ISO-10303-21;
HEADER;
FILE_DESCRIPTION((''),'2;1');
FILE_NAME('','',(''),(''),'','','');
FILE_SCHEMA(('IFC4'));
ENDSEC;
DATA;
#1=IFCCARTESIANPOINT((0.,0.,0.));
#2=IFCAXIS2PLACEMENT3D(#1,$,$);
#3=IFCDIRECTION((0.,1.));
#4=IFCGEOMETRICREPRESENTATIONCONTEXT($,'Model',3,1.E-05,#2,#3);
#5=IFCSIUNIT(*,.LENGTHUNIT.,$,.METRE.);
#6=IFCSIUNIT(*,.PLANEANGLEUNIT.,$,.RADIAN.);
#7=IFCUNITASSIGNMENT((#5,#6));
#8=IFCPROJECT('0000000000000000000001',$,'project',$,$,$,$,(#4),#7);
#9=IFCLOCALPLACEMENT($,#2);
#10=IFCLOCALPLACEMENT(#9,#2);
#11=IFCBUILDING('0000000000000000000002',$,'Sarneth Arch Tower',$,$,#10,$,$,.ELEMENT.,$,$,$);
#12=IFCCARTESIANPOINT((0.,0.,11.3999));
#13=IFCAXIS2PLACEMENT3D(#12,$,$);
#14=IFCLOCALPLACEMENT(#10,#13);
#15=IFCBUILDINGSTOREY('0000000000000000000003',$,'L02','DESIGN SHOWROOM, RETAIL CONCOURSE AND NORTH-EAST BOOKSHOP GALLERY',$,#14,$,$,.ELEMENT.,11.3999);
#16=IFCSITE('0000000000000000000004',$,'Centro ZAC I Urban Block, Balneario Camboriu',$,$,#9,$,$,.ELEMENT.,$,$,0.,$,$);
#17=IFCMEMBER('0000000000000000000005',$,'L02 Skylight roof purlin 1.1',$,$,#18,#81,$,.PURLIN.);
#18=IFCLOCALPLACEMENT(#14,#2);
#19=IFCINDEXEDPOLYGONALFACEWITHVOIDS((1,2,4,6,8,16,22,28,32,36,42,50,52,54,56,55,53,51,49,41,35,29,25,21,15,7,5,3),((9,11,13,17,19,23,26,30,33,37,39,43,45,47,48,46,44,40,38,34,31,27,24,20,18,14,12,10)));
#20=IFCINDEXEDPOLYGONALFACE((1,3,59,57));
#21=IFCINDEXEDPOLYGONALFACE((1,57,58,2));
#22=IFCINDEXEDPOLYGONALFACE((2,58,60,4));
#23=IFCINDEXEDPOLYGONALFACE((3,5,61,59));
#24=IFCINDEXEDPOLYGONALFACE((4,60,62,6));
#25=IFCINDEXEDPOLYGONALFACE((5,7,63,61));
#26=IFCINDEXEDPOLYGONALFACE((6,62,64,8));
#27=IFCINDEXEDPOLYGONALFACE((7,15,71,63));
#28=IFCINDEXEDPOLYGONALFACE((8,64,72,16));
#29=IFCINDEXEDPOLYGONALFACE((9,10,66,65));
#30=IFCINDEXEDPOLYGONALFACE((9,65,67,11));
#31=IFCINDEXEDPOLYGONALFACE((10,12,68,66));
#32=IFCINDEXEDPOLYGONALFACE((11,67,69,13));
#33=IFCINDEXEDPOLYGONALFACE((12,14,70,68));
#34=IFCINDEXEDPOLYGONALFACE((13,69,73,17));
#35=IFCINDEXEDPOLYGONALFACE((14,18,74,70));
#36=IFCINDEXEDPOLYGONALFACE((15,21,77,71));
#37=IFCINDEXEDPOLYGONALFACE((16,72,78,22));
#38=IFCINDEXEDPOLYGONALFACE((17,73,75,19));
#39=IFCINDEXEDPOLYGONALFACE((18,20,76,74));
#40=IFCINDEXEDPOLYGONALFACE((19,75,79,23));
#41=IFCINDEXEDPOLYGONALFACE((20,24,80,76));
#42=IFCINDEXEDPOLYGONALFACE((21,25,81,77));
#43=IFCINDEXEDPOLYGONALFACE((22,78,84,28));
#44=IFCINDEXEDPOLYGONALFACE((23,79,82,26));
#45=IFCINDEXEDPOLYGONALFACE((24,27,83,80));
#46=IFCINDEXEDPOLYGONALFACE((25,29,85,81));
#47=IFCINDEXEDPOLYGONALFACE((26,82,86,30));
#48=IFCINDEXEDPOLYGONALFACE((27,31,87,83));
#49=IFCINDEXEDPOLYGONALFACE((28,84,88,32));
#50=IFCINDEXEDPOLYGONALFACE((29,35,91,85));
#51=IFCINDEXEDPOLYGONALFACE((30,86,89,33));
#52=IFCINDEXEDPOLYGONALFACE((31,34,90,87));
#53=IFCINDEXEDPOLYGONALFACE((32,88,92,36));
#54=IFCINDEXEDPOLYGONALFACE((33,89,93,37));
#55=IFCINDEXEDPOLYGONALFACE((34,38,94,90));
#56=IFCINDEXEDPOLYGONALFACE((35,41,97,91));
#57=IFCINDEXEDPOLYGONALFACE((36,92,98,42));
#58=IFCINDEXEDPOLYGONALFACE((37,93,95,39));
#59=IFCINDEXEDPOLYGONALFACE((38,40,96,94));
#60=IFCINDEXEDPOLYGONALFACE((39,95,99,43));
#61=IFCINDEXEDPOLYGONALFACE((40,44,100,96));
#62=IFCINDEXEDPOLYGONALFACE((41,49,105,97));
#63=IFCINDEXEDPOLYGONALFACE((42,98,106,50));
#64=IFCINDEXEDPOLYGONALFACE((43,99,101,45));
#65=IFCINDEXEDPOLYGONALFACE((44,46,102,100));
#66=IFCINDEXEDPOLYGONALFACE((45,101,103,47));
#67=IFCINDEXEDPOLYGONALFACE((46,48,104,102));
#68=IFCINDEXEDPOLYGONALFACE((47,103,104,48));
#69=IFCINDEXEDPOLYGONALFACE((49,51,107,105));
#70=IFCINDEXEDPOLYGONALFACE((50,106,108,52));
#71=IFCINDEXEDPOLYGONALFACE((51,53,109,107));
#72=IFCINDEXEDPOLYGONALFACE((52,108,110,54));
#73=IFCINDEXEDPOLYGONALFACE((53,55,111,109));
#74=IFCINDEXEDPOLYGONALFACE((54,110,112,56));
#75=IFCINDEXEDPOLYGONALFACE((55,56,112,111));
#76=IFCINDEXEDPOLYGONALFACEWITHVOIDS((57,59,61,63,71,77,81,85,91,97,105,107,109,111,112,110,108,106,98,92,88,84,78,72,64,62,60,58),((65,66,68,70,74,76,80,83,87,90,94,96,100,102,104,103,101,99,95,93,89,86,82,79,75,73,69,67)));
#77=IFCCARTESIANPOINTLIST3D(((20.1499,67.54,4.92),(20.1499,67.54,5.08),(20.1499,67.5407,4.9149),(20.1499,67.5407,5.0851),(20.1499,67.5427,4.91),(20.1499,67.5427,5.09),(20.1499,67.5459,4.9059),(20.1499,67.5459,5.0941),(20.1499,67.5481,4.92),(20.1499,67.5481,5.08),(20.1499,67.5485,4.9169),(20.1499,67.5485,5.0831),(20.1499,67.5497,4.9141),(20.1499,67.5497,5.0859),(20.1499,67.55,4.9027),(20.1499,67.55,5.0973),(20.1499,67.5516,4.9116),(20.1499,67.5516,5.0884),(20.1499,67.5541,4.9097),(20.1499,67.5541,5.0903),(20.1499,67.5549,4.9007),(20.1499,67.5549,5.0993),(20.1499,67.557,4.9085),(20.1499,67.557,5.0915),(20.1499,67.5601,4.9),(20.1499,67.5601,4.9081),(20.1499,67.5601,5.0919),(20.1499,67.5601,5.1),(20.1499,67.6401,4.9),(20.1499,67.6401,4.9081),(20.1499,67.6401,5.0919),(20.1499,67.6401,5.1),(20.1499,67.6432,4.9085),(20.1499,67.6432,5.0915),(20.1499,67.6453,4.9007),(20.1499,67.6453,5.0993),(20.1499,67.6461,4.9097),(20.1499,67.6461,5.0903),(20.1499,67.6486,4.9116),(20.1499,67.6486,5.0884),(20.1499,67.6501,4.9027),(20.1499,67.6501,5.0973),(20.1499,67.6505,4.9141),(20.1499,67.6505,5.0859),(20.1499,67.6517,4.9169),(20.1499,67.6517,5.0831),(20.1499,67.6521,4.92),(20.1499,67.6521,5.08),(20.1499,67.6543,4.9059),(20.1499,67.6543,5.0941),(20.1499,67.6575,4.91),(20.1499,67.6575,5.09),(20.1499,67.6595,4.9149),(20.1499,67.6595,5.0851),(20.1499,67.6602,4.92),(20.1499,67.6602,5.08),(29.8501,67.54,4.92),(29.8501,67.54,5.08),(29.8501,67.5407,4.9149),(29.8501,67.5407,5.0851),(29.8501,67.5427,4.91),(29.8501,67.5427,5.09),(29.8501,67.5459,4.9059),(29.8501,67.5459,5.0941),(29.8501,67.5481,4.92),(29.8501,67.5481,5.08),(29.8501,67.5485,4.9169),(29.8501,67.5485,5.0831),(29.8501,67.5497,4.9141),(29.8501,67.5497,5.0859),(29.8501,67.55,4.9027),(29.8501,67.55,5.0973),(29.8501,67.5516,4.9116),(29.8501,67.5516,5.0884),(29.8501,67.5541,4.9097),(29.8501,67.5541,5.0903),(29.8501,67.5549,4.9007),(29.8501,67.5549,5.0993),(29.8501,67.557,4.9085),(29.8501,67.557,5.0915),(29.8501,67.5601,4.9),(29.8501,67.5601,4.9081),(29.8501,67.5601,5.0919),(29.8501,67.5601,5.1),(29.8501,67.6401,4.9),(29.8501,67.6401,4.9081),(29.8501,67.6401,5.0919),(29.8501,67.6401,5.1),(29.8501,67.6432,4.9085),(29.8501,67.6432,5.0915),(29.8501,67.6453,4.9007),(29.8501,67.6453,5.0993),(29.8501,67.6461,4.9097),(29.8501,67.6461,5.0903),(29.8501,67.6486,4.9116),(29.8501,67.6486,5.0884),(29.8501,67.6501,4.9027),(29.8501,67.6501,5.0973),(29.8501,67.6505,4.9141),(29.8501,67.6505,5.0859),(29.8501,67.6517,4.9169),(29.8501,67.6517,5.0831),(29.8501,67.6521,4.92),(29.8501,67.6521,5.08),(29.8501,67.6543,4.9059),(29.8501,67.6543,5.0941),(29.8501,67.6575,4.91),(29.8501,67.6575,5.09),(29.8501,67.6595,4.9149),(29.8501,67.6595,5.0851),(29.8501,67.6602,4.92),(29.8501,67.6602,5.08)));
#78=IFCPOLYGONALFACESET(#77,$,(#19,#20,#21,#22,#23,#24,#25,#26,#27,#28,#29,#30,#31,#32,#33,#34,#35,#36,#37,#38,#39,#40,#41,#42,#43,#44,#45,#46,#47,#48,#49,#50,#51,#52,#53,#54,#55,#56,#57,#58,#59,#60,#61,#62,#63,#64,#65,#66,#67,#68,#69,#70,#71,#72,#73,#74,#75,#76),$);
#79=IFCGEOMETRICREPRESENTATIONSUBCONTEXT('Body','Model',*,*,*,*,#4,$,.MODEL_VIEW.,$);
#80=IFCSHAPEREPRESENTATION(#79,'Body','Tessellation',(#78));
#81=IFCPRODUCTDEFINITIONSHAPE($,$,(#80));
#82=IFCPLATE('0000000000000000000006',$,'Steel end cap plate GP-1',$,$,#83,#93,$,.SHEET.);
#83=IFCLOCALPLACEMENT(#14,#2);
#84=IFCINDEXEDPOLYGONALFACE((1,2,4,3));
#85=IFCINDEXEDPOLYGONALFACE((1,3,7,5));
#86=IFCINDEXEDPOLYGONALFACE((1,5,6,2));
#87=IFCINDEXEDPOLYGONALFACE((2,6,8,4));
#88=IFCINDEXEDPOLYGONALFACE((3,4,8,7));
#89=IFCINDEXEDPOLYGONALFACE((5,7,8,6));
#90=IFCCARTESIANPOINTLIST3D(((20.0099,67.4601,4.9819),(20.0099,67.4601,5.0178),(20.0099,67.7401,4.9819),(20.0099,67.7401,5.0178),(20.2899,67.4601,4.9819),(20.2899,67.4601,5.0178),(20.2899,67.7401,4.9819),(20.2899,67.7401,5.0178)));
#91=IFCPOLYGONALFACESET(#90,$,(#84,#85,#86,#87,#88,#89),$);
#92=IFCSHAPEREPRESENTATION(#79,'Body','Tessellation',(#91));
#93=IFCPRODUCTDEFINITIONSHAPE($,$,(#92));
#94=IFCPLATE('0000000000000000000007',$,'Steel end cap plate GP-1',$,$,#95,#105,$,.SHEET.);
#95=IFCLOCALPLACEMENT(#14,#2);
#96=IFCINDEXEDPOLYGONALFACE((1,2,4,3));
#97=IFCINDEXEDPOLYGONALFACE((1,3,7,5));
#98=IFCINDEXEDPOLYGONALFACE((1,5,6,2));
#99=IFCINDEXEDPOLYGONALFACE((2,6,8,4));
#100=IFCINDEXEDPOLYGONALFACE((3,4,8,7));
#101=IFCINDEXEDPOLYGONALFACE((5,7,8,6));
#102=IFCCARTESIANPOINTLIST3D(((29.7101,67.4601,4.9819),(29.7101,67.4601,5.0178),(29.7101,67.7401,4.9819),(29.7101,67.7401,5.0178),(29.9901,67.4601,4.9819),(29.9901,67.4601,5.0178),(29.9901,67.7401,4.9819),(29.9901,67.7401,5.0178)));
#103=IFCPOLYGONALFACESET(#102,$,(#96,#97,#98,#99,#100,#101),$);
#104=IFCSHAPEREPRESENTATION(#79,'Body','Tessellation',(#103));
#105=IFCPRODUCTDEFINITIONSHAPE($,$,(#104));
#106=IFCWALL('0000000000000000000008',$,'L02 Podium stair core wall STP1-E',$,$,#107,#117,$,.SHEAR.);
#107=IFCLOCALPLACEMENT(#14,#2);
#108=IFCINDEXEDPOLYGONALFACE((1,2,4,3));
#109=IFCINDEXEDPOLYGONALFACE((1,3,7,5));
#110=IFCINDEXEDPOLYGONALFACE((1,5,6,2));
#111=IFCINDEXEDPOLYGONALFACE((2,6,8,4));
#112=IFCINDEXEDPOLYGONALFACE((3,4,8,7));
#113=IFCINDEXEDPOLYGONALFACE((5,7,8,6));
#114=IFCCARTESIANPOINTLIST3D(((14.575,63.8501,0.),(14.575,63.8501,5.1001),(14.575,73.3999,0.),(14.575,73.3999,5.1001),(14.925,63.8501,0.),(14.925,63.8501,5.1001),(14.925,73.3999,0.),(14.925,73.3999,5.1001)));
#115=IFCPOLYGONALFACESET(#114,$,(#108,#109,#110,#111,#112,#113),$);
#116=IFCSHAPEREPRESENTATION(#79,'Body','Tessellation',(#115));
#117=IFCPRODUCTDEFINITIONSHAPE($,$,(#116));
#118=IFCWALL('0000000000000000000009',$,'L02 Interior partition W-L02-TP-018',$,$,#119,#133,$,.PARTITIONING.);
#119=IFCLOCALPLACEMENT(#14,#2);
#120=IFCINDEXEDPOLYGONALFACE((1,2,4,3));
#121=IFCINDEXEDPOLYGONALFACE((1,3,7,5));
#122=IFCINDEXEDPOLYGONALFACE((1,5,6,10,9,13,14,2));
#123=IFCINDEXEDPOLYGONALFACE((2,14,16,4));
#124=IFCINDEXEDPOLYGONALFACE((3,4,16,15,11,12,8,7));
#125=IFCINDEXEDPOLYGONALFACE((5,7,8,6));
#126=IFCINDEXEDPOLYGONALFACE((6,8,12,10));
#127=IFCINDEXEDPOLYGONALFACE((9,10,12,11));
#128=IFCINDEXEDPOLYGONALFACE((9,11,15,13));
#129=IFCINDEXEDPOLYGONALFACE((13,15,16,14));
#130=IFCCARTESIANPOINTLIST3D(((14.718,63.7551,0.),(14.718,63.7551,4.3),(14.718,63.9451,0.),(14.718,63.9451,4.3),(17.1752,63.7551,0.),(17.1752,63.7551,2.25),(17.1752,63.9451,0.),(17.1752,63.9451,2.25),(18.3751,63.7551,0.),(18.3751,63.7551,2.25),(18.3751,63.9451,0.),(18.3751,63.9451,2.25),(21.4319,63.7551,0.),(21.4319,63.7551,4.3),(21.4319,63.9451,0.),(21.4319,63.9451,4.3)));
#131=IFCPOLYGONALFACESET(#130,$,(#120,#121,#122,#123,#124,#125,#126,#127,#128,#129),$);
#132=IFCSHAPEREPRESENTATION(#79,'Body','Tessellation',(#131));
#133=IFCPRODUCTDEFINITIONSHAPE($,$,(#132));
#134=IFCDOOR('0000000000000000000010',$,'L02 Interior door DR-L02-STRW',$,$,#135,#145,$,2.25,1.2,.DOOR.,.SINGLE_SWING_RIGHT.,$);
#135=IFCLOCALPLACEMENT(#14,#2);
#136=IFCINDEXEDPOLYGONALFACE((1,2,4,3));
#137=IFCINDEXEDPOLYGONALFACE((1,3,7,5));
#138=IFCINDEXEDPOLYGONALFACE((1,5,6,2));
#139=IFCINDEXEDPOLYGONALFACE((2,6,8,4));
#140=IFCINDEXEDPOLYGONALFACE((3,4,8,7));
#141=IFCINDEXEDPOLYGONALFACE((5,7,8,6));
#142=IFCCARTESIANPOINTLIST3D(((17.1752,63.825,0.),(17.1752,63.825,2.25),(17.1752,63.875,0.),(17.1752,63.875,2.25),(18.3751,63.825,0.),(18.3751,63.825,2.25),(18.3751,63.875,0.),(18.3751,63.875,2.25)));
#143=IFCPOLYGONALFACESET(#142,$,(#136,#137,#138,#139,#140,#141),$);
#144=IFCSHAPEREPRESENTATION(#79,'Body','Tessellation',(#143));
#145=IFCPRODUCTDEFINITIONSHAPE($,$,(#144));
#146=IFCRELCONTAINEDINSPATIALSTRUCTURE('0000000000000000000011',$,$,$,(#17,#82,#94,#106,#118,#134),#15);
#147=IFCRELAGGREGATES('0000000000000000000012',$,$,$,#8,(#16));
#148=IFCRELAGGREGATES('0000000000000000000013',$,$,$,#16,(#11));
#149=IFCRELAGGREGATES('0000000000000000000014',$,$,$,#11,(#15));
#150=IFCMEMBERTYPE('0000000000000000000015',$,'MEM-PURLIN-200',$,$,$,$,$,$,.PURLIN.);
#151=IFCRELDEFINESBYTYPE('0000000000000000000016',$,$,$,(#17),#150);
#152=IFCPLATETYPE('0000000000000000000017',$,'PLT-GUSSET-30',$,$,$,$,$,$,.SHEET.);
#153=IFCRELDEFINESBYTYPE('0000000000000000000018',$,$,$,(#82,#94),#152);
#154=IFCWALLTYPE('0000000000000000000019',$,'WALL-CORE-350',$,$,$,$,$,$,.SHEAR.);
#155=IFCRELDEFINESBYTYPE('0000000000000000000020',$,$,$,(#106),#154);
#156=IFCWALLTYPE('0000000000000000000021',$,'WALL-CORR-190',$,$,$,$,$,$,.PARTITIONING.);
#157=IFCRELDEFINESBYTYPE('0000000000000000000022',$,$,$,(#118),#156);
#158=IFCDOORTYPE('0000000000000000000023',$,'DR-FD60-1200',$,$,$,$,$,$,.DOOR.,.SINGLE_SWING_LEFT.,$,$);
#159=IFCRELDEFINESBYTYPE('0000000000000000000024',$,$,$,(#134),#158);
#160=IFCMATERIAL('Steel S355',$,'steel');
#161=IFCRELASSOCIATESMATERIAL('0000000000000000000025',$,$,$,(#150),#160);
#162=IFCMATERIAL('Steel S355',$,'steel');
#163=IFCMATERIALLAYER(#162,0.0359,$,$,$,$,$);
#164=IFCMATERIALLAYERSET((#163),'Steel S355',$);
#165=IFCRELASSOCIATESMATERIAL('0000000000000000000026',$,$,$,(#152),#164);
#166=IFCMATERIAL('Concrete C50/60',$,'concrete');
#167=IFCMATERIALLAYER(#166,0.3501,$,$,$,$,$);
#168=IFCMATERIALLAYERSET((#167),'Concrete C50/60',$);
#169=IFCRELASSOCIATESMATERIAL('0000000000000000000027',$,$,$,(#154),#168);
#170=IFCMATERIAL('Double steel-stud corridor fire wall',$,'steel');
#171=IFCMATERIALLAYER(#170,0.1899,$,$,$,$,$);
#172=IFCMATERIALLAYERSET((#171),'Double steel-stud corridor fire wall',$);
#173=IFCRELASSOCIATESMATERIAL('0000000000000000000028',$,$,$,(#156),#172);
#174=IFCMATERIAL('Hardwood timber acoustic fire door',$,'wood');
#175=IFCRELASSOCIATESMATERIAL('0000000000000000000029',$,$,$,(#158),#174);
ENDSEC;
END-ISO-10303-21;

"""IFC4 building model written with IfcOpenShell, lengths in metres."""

from ifc_helpers import new_model, si_unit, direction, frame, frame_2d, origin, origin_2d, place, context, subcontext, project, spatial, rectangle, hollow_rectangle, extrude, material, layer, layer_set, material_profile, profile_set, type_object, element, fill, save


model = new_model("IFC4")

# Units and contexts
model_context = context("Model", 3, precision=1e-05, world=origin(), true_north=direction((0.0, 1.0)))
body_context = subcontext(model_context, "Body", "Model", "MODEL_VIEW")
ifc_project = project(units=[si_unit("LENGTHUNIT", "METRE"), si_unit("PLANEANGLEUNIT", "RADIAN")], contexts=[model_context])

# Site, building, storey
site_placement = place(None, origin())
site = spatial("IfcSite", under=ifc_project, at=site_placement, Name="Centro ZAC I Urban Block, Balneario Camboriu", CompositionType="ELEMENT", RefElevation=0.0)
building_placement = place(site_placement, origin())
building = spatial("IfcBuilding", under=site, at=building_placement, Name="Sarneth Arch Tower", CompositionType="ELEMENT")
storey_placement = place(building_placement, frame((0.0, 0.0, 11.3999)))
storey = spatial("IfcBuildingStorey", under=building, at=storey_placement, Name="L02", Description="DESIGN SHOWROOM, RETAIL CONCOURSE AND NORTH-EAST BOOKSHOP GALLERY", CompositionType="ELEMENT", Elevation=11.3999)

# Member
ifc_material_1 = material(Name="Steel S355", Category="steel")
ifc_material_profile_1 = material_profile(ifc_material_1, hollow_rectangle(XDim=0.1201, YDim=0.2, WallThickness=0.0081, InnerFilletRadius=0.012, OuterFilletRadius=0.02, at=origin_2d()), Name="RHS200x120x8")
ifc_profile_set_1 = profile_set([ifc_material_profile_1], Name="Steel S355")
member_type = type_object("IfcMemberType", Name="MEM-PURLIN-200", PredefinedType="PURLIN", material=ifc_profile_set_1)
member_placement = place(storey_placement, frame((20.1499, 67.6001, 5.0), z_axis=(1.0, 0.0, 0.0), x_axis=(0.0, 1.0, 0.0)))
element("IfcMember", 1, at=member_placement, inside=storey, type_object=member_type, Name="L02 Skylight roof purlin 1.1", PredefinedType="PURLIN", context=body_context, shape_type="SweptSolid", body=[
    extrude(hollow_rectangle(XDim=0.1201, YDim=0.2, WallThickness=0.0081, InnerFilletRadius=0.012, OuterFilletRadius=0.02, at=origin_2d()), origin(), (0.0, 0.0, 1.0), 9.7002),
])

# Plates
ifc_material_2 = material(Name="Steel S355", Category="steel")
ifc_layer_1 = layer(ifc_material_2, 0.0359)
ifc_layer_set_1 = layer_set([ifc_layer_1], Name="Steel S355")
plate_type = type_object("IfcPlateType", Name="PLT-GUSSET-30", PredefinedType="SHEET", material=ifc_layer_set_1)
for number, where, z_axis, x_axis, name in (
    (2, (20.1499, 67.6001, 4.9819), (0.0, 0.0, 1.0), (1.0, 0.0, 0.0), "Steel end cap plate GP-1"),
    (3, (29.8501, 67.6001, 4.9819), (0.0, 0.0, 1.0), (-1.0, 0.0, 0.0), "Steel end cap plate GP-1"),
):
    element("IfcPlate", number, at=place(storey_placement, frame(where, z_axis=z_axis, x_axis=x_axis)), inside=storey, type_object=plate_type, Name=name, PredefinedType="SHEET", context=body_context, shape_type="SweptSolid", body=[
        extrude(rectangle(XDim=0.28, YDim=0.28, at=origin_2d()), origin(), (0.0, 0.0, 1.0), 0.0359),
    ])

# Wall
ifc_material_3 = material(Name="Concrete C50/60", Category="concrete")
ifc_layer_2 = layer(ifc_material_3, 0.3501)
ifc_layer_set_2 = layer_set([ifc_layer_2], Name="Concrete C50/60")
wall_type_1 = type_object("IfcWallType", Name="WALL-CORE-350", PredefinedType="SHEAR", material=ifc_layer_set_2)
wall_1_placement = place(storey_placement, frame((14.75, 63.8501, 0.0), z_axis=(0.0, 0.0, 1.0), x_axis=(0.0, 1.0, 0.0)))
element("IfcWall", 4, at=wall_1_placement, inside=storey, type_object=wall_type_1, Name="L02 Podium stair core wall STP1-E", PredefinedType="SHEAR", context=body_context, shape_type="SweptSolid", body=[
    extrude(rectangle(XDim=9.5498, YDim=0.3501, at=frame_2d((4.7749, 0.0))), origin(), (0.0, 0.0, 1.0), 5.1001),
])

# Wall, opening, door
ifc_material_4 = material(Name="Double steel-stud corridor fire wall", Category="steel")
ifc_layer_3 = layer(ifc_material_4, 0.1899)
ifc_layer_set_3 = layer_set([ifc_layer_3], Name="Double steel-stud corridor fire wall")
wall_type_2 = type_object("IfcWallType", Name="WALL-CORR-190", PredefinedType="PARTITIONING", material=ifc_layer_set_3)
wall_2_placement = place(storey_placement, frame((14.718, 63.8501, 0.0), z_axis=(0.0, 0.0, 1.0), x_axis=(1.0, 0.0, 0.0)))
wall_2 = element("IfcWall", 5, at=wall_2_placement, inside=storey, type_object=wall_type_2, Name="L02 Interior partition W-L02-TP-018", PredefinedType="PARTITIONING", context=body_context, shape_type="SweptSolid", body=[
    extrude(rectangle(XDim=6.7139, YDim=0.1899, at=frame_2d((3.3569, 0.0))), origin(), (0.0, 0.0, 1.0), 4.3),
])
opening_1_placement = place(wall_2_placement, frame((2.457, 0.0, 0.0)))
opening_1 = element("IfcOpeningElement", 6, at=opening_1_placement, cuts=wall_2, PredefinedType="OPENING", context=body_context, shape_type="SweptSolid", body=[
    extrude(rectangle(XDim=1.2, YDim=2.25, at=frame_2d((0.6001, 1.125))), frame((0.0, 0.105, 0.0), z_axis=(0.0, -1.0, 0.0), x_axis=(1.0, 0.0, 0.0)), (0.0, 0.0, 1.0), 0.21),
])
ifc_material_5 = material(Name="Hardwood timber acoustic fire door", Category="wood")
door_type_1 = type_object("IfcDoorType", Name="DR-FD60-1200", OperationType="SINGLE_SWING_LEFT", PredefinedType="DOOR", material=ifc_material_5)
door_1_placement = place(opening_1_placement, origin())
door_1 = element("IfcDoor", 7, at=door_1_placement, inside=storey, type_object=door_type_1, Name="L02 Interior door DR-L02-STRW", OperationType="SINGLE_SWING_RIGHT", OverallHeight=2.25, OverallWidth=1.2, PredefinedType="DOOR", context=body_context, shape_type="SweptSolid", body=[
    extrude(rectangle(XDim=1.2, YDim=2.25, at=frame_2d((0.6001, 1.125))), frame((0.0, 0.0249, 0.0), z_axis=(0.0, -1.0, 0.0), x_axis=(1.0, 0.0, 0.0)), (0.0, 0.0, 1.0), 0.05),
])
fill(opening_1, door_1)

save(model, "model.ifc")
